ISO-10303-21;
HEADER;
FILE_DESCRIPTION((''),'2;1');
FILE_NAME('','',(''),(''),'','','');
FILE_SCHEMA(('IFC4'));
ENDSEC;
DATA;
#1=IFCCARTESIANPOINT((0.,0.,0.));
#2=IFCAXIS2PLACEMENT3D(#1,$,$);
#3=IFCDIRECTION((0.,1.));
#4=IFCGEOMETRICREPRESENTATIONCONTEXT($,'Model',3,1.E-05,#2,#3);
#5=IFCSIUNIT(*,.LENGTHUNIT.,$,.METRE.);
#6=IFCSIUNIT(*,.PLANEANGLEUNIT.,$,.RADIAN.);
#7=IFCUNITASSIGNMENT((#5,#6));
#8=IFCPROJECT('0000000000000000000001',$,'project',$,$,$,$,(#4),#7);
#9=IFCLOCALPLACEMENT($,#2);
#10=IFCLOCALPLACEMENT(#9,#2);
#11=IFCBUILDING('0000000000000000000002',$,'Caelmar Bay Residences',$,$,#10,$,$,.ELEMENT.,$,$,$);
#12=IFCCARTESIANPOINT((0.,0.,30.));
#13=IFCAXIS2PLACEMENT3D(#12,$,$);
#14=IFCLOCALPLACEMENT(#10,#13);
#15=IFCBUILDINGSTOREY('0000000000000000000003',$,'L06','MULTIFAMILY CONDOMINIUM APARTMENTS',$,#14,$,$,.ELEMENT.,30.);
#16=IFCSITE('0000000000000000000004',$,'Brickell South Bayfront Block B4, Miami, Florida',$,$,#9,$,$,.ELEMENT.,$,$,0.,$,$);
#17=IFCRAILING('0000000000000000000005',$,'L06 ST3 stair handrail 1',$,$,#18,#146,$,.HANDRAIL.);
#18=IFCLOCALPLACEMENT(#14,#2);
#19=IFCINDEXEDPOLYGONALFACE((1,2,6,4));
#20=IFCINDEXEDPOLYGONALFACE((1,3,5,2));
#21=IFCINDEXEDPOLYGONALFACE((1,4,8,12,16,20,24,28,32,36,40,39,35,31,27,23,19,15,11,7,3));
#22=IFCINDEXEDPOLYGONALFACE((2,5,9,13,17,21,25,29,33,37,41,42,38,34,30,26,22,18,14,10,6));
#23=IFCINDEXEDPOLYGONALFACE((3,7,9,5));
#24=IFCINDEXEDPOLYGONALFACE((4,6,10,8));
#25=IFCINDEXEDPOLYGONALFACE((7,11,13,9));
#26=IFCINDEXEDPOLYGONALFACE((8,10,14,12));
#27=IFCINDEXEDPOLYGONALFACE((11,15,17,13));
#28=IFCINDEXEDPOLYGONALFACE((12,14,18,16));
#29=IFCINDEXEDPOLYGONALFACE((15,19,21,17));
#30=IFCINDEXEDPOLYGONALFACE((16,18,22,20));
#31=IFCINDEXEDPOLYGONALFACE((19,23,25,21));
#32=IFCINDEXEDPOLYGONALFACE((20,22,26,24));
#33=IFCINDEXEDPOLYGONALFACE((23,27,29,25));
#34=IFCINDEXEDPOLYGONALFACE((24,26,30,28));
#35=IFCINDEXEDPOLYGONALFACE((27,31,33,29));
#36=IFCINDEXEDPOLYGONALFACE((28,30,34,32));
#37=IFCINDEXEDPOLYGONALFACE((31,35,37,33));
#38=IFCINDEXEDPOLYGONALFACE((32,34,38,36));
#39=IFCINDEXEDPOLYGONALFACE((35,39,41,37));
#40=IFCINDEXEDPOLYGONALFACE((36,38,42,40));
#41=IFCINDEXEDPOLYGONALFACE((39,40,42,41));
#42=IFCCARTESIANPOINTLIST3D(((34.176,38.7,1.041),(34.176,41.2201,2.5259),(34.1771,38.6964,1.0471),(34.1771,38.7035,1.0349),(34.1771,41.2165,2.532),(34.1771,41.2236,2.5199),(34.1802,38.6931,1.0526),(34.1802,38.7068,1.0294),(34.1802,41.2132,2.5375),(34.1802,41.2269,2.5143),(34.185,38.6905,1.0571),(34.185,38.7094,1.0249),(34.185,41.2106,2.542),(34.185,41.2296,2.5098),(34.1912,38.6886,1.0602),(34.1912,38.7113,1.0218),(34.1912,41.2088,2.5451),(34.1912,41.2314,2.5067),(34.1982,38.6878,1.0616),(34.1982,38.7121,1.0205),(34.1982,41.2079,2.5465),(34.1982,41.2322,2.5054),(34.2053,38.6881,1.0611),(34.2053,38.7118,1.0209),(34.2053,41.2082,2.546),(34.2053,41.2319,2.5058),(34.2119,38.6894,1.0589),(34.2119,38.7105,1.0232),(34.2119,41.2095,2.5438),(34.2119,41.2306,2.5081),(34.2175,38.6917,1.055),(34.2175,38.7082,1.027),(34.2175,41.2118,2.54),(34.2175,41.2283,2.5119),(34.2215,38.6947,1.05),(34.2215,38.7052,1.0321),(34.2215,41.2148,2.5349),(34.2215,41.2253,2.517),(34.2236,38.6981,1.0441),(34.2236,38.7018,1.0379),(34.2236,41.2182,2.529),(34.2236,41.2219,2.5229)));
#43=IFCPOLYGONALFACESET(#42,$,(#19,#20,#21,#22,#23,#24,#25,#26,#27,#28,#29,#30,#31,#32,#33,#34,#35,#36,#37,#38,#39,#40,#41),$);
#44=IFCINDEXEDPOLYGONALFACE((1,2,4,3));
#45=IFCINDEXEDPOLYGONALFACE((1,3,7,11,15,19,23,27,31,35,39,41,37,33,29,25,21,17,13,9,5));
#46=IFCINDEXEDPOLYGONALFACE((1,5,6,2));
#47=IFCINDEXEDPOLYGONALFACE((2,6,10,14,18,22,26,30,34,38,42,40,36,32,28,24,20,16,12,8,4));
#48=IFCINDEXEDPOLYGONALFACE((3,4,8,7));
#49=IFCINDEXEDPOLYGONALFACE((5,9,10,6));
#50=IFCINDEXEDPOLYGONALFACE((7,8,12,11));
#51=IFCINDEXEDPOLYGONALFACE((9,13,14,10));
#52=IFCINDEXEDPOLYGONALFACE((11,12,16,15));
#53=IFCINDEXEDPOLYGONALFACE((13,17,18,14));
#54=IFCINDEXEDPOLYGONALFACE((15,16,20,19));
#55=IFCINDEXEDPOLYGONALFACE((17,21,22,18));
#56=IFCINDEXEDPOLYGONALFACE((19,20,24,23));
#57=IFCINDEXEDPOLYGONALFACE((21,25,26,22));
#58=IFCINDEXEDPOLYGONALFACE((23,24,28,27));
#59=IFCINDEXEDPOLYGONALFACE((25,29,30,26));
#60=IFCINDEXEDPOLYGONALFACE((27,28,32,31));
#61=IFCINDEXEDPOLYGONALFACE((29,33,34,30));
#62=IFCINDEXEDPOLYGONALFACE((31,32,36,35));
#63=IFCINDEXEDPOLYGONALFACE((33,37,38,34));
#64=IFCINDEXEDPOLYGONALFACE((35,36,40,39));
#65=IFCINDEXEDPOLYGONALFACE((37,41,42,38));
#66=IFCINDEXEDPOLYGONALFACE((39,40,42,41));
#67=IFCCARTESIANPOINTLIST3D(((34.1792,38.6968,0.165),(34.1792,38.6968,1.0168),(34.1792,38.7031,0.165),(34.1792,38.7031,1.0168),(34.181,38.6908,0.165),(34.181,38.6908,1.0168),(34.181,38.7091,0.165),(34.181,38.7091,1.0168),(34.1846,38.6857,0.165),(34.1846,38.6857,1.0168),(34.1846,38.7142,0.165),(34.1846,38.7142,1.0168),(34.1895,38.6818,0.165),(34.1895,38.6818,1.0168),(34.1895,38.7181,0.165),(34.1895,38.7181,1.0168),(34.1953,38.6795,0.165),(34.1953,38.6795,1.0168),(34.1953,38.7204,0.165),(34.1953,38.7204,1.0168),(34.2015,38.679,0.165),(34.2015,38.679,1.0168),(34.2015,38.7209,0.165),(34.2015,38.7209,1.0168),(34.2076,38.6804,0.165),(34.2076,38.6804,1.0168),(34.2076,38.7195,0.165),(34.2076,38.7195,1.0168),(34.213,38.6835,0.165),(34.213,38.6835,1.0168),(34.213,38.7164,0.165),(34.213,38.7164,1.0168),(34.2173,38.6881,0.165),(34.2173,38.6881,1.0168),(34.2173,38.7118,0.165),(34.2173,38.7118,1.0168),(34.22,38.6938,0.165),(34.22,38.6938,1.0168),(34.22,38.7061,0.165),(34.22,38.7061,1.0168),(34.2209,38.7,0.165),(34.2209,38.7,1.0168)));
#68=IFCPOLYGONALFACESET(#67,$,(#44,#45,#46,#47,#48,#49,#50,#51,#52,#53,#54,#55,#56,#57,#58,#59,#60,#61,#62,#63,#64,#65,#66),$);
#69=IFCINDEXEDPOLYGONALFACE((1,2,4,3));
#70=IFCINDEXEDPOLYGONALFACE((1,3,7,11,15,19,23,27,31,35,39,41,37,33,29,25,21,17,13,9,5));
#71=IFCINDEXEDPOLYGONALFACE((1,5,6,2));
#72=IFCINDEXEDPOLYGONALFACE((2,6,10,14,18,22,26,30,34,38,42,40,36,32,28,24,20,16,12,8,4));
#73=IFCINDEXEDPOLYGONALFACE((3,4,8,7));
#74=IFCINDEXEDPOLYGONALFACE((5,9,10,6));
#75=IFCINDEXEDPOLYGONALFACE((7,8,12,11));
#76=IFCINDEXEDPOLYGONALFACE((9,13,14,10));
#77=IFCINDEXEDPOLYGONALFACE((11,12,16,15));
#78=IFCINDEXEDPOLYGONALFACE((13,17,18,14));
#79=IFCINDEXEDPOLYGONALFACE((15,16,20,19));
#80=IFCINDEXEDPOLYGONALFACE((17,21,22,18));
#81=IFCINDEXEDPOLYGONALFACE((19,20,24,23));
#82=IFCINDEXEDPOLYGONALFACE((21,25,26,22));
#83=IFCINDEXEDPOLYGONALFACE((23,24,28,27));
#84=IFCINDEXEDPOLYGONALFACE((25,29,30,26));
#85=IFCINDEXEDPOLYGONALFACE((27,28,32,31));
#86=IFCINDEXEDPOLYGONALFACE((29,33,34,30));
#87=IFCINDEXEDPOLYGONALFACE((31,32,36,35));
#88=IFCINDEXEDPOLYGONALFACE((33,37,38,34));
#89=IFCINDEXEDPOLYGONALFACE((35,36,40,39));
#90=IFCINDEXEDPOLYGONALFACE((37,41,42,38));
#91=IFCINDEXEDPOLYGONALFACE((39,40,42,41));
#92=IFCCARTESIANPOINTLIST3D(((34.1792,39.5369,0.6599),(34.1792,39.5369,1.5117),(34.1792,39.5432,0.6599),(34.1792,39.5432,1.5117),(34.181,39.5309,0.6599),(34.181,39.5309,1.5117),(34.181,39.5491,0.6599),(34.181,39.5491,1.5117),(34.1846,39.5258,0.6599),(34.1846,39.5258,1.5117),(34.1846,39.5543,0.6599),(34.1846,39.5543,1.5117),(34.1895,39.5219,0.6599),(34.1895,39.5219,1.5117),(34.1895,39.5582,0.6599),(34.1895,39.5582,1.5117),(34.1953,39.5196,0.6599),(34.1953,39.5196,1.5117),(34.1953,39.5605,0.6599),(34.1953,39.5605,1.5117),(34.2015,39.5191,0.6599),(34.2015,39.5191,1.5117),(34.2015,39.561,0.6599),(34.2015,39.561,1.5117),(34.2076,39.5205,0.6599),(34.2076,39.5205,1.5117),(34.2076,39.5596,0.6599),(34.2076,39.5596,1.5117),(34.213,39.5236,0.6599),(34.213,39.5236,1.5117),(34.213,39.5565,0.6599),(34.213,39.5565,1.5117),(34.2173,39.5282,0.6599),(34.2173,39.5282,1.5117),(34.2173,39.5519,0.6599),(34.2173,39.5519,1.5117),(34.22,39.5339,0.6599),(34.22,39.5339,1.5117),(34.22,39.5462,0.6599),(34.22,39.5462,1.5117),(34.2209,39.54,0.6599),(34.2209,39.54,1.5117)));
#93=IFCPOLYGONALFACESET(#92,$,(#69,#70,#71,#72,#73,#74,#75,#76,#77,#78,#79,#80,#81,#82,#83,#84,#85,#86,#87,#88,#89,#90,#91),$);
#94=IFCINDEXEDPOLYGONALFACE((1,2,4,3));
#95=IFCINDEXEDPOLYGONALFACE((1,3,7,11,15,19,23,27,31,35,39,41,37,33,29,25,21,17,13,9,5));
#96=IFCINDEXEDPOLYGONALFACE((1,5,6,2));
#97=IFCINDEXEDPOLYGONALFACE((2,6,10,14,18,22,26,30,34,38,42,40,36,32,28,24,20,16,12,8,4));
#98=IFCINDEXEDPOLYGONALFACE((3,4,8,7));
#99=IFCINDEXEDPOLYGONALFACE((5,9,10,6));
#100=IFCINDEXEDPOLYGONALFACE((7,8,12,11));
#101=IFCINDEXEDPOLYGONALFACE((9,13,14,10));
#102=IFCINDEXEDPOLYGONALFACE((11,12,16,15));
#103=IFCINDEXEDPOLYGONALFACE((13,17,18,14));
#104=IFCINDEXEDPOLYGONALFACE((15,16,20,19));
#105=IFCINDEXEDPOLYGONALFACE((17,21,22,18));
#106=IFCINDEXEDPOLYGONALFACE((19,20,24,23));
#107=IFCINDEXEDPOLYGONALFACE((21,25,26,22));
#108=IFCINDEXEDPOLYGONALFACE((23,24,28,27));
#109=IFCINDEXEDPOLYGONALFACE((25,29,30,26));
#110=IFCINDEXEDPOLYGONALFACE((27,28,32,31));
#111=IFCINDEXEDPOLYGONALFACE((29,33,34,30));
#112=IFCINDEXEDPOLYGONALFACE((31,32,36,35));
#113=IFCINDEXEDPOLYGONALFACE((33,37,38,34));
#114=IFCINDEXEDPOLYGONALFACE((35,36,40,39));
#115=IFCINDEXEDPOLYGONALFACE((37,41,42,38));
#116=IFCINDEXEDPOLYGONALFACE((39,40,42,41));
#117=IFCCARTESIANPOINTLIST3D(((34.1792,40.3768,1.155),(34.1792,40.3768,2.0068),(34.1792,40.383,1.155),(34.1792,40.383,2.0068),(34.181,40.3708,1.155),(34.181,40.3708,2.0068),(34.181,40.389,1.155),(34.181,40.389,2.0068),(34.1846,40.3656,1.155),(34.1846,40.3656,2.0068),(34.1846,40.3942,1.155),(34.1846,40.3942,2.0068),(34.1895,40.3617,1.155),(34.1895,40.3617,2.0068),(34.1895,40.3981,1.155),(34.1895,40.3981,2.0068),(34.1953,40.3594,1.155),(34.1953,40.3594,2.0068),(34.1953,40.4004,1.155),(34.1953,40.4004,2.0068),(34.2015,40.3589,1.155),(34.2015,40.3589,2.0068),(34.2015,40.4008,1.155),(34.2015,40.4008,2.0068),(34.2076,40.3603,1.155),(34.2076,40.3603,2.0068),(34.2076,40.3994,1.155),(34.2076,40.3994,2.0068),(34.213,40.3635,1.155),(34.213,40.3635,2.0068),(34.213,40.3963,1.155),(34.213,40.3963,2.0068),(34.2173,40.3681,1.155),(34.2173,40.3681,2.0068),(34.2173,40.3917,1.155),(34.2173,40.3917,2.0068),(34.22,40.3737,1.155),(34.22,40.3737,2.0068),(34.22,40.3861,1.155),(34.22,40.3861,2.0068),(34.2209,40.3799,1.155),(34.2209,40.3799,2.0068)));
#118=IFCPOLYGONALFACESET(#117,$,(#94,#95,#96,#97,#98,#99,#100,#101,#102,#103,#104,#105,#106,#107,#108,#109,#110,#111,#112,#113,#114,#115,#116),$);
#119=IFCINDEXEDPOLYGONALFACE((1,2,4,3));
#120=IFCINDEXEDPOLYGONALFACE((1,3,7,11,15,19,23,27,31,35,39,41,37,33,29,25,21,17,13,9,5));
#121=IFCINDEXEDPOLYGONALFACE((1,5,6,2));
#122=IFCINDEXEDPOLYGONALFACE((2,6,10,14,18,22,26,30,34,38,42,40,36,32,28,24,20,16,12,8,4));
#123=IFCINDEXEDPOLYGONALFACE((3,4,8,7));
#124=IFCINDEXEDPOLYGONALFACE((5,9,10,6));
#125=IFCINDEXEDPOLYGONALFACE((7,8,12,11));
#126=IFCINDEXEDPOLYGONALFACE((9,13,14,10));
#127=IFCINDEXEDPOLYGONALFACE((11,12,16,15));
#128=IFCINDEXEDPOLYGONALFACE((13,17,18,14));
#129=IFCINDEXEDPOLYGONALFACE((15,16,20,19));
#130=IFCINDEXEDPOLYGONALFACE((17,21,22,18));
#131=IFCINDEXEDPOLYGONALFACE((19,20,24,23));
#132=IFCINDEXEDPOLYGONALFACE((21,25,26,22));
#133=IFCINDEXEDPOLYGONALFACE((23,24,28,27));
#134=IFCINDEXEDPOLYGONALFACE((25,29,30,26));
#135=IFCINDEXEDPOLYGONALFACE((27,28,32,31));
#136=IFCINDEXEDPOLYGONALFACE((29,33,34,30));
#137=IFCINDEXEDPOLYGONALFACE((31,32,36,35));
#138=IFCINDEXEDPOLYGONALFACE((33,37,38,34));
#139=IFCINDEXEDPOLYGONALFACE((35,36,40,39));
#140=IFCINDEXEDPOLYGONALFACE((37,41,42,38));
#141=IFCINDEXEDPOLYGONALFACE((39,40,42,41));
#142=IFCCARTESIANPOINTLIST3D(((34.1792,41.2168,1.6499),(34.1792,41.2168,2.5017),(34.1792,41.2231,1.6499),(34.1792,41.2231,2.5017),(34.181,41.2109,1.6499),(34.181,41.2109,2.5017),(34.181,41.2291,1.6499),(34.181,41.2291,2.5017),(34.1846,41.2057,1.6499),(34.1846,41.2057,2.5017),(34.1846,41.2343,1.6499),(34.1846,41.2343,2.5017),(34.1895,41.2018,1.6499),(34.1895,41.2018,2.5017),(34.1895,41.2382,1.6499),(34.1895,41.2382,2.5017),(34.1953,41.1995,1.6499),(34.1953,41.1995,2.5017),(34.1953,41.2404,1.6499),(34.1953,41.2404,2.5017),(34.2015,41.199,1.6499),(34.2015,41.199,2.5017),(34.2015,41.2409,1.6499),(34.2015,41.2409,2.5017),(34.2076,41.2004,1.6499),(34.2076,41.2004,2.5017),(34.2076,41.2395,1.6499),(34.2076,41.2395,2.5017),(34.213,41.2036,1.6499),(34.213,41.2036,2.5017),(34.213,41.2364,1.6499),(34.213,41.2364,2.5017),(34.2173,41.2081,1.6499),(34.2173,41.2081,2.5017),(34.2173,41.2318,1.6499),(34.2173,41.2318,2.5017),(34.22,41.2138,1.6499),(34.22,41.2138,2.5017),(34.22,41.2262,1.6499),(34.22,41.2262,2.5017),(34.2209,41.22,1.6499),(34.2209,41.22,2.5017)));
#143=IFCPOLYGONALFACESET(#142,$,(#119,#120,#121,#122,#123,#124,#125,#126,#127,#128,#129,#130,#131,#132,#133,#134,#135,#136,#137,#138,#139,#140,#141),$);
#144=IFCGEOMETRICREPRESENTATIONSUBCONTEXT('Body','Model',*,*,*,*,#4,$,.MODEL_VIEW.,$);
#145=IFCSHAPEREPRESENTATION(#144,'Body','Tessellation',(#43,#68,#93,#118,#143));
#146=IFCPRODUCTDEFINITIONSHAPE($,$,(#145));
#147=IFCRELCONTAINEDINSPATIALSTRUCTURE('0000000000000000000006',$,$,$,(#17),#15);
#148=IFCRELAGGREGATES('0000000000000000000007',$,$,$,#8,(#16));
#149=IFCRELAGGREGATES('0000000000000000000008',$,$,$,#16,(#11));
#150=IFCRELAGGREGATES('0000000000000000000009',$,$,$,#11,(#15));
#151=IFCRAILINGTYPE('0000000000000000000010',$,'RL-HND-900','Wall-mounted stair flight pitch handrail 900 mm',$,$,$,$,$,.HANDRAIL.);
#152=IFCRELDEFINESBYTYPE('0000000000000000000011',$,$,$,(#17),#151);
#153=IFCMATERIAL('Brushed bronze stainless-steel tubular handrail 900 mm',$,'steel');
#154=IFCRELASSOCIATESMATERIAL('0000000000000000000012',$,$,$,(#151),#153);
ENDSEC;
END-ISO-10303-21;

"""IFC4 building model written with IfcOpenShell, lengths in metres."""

from ifc_helpers import new_model, si_unit, direction, frame, origin, origin_2d, place, context, subcontext, project, spatial, circle, extrude, material, type_object, element, save


model = new_model("IFC4")

# Units and contexts
model_context = context("Model", 3, precision=1e-05, world=origin(), true_north=direction((0.0, 1.0)))
body_context = subcontext(model_context, "Body", "Model", "MODEL_VIEW")
ifc_project = project(units=[si_unit("LENGTHUNIT", "METRE"), si_unit("PLANEANGLEUNIT", "RADIAN")], contexts=[model_context])

# Site, building, storey
site_placement = place(None, origin())
site = spatial("IfcSite", under=ifc_project, at=site_placement, Name="Brickell South Bayfront Block B4, Miami, Florida", CompositionType="ELEMENT", RefElevation=0.0)
building_placement = place(site_placement, origin())
building = spatial("IfcBuilding", under=site, at=building_placement, Name="Caelmar Bay Residences", CompositionType="ELEMENT")
storey_placement = place(building_placement, frame((0.0, 0.0, 30.0)))
storey = spatial("IfcBuildingStorey", under=building, at=storey_placement, Name="L06", Description="MULTIFAMILY CONDOMINIUM APARTMENTS", CompositionType="ELEMENT", Elevation=30.0)

# Railing
ifc_material_1 = material(Name="Brushed bronze stainless-steel tubular handrail 900 mm", Category="steel")
railing_type_1 = type_object("IfcRailingType", Name="RL-HND-900", Description="Wall-mounted stair flight pitch handrail 900 mm", PredefinedType="HANDRAIL", material=ifc_material_1)
railing_1_placement = place(storey_placement, frame((34.2, 38.7, 0.165)))
element("IfcRailing", 1, at=railing_1_placement, inside=storey, type_object=railing_type_1, Name="L06 ST3 stair handrail 1", PredefinedType="HANDRAIL", context=body_context, shape_type="SweptSolid", body=[
    extrude(circle(Radius=0.0239, at=origin_2d()), frame((0.0, 0.0, 0.876), z_axis=(0.0, 0.861561, 0.507655), x_axis=(-1.0, 0.0, 0.0)), (0.0, 0.0, 1.0), 2.925),
    extrude(circle(Radius=0.021, at=origin_2d()), origin(), (0.0, 0.0, 1.0), 0.8518),
    extrude(circle(Radius=0.021, at=origin_2d()), frame((0.0, 0.8401, 0.4949)), (0.0, 0.0, 1.0), 0.8518),
    extrude(circle(Radius=0.021, at=origin_2d()), frame((0.0, 1.6799, 0.99)), (0.0, 0.0, 1.0), 0.8518),
    extrude(circle(Radius=0.021, at=origin_2d()), frame((0.0, 2.52, 1.4849)), (0.0, 0.0, 1.0), 0.8518),
])

save(model, "model.ifc")
